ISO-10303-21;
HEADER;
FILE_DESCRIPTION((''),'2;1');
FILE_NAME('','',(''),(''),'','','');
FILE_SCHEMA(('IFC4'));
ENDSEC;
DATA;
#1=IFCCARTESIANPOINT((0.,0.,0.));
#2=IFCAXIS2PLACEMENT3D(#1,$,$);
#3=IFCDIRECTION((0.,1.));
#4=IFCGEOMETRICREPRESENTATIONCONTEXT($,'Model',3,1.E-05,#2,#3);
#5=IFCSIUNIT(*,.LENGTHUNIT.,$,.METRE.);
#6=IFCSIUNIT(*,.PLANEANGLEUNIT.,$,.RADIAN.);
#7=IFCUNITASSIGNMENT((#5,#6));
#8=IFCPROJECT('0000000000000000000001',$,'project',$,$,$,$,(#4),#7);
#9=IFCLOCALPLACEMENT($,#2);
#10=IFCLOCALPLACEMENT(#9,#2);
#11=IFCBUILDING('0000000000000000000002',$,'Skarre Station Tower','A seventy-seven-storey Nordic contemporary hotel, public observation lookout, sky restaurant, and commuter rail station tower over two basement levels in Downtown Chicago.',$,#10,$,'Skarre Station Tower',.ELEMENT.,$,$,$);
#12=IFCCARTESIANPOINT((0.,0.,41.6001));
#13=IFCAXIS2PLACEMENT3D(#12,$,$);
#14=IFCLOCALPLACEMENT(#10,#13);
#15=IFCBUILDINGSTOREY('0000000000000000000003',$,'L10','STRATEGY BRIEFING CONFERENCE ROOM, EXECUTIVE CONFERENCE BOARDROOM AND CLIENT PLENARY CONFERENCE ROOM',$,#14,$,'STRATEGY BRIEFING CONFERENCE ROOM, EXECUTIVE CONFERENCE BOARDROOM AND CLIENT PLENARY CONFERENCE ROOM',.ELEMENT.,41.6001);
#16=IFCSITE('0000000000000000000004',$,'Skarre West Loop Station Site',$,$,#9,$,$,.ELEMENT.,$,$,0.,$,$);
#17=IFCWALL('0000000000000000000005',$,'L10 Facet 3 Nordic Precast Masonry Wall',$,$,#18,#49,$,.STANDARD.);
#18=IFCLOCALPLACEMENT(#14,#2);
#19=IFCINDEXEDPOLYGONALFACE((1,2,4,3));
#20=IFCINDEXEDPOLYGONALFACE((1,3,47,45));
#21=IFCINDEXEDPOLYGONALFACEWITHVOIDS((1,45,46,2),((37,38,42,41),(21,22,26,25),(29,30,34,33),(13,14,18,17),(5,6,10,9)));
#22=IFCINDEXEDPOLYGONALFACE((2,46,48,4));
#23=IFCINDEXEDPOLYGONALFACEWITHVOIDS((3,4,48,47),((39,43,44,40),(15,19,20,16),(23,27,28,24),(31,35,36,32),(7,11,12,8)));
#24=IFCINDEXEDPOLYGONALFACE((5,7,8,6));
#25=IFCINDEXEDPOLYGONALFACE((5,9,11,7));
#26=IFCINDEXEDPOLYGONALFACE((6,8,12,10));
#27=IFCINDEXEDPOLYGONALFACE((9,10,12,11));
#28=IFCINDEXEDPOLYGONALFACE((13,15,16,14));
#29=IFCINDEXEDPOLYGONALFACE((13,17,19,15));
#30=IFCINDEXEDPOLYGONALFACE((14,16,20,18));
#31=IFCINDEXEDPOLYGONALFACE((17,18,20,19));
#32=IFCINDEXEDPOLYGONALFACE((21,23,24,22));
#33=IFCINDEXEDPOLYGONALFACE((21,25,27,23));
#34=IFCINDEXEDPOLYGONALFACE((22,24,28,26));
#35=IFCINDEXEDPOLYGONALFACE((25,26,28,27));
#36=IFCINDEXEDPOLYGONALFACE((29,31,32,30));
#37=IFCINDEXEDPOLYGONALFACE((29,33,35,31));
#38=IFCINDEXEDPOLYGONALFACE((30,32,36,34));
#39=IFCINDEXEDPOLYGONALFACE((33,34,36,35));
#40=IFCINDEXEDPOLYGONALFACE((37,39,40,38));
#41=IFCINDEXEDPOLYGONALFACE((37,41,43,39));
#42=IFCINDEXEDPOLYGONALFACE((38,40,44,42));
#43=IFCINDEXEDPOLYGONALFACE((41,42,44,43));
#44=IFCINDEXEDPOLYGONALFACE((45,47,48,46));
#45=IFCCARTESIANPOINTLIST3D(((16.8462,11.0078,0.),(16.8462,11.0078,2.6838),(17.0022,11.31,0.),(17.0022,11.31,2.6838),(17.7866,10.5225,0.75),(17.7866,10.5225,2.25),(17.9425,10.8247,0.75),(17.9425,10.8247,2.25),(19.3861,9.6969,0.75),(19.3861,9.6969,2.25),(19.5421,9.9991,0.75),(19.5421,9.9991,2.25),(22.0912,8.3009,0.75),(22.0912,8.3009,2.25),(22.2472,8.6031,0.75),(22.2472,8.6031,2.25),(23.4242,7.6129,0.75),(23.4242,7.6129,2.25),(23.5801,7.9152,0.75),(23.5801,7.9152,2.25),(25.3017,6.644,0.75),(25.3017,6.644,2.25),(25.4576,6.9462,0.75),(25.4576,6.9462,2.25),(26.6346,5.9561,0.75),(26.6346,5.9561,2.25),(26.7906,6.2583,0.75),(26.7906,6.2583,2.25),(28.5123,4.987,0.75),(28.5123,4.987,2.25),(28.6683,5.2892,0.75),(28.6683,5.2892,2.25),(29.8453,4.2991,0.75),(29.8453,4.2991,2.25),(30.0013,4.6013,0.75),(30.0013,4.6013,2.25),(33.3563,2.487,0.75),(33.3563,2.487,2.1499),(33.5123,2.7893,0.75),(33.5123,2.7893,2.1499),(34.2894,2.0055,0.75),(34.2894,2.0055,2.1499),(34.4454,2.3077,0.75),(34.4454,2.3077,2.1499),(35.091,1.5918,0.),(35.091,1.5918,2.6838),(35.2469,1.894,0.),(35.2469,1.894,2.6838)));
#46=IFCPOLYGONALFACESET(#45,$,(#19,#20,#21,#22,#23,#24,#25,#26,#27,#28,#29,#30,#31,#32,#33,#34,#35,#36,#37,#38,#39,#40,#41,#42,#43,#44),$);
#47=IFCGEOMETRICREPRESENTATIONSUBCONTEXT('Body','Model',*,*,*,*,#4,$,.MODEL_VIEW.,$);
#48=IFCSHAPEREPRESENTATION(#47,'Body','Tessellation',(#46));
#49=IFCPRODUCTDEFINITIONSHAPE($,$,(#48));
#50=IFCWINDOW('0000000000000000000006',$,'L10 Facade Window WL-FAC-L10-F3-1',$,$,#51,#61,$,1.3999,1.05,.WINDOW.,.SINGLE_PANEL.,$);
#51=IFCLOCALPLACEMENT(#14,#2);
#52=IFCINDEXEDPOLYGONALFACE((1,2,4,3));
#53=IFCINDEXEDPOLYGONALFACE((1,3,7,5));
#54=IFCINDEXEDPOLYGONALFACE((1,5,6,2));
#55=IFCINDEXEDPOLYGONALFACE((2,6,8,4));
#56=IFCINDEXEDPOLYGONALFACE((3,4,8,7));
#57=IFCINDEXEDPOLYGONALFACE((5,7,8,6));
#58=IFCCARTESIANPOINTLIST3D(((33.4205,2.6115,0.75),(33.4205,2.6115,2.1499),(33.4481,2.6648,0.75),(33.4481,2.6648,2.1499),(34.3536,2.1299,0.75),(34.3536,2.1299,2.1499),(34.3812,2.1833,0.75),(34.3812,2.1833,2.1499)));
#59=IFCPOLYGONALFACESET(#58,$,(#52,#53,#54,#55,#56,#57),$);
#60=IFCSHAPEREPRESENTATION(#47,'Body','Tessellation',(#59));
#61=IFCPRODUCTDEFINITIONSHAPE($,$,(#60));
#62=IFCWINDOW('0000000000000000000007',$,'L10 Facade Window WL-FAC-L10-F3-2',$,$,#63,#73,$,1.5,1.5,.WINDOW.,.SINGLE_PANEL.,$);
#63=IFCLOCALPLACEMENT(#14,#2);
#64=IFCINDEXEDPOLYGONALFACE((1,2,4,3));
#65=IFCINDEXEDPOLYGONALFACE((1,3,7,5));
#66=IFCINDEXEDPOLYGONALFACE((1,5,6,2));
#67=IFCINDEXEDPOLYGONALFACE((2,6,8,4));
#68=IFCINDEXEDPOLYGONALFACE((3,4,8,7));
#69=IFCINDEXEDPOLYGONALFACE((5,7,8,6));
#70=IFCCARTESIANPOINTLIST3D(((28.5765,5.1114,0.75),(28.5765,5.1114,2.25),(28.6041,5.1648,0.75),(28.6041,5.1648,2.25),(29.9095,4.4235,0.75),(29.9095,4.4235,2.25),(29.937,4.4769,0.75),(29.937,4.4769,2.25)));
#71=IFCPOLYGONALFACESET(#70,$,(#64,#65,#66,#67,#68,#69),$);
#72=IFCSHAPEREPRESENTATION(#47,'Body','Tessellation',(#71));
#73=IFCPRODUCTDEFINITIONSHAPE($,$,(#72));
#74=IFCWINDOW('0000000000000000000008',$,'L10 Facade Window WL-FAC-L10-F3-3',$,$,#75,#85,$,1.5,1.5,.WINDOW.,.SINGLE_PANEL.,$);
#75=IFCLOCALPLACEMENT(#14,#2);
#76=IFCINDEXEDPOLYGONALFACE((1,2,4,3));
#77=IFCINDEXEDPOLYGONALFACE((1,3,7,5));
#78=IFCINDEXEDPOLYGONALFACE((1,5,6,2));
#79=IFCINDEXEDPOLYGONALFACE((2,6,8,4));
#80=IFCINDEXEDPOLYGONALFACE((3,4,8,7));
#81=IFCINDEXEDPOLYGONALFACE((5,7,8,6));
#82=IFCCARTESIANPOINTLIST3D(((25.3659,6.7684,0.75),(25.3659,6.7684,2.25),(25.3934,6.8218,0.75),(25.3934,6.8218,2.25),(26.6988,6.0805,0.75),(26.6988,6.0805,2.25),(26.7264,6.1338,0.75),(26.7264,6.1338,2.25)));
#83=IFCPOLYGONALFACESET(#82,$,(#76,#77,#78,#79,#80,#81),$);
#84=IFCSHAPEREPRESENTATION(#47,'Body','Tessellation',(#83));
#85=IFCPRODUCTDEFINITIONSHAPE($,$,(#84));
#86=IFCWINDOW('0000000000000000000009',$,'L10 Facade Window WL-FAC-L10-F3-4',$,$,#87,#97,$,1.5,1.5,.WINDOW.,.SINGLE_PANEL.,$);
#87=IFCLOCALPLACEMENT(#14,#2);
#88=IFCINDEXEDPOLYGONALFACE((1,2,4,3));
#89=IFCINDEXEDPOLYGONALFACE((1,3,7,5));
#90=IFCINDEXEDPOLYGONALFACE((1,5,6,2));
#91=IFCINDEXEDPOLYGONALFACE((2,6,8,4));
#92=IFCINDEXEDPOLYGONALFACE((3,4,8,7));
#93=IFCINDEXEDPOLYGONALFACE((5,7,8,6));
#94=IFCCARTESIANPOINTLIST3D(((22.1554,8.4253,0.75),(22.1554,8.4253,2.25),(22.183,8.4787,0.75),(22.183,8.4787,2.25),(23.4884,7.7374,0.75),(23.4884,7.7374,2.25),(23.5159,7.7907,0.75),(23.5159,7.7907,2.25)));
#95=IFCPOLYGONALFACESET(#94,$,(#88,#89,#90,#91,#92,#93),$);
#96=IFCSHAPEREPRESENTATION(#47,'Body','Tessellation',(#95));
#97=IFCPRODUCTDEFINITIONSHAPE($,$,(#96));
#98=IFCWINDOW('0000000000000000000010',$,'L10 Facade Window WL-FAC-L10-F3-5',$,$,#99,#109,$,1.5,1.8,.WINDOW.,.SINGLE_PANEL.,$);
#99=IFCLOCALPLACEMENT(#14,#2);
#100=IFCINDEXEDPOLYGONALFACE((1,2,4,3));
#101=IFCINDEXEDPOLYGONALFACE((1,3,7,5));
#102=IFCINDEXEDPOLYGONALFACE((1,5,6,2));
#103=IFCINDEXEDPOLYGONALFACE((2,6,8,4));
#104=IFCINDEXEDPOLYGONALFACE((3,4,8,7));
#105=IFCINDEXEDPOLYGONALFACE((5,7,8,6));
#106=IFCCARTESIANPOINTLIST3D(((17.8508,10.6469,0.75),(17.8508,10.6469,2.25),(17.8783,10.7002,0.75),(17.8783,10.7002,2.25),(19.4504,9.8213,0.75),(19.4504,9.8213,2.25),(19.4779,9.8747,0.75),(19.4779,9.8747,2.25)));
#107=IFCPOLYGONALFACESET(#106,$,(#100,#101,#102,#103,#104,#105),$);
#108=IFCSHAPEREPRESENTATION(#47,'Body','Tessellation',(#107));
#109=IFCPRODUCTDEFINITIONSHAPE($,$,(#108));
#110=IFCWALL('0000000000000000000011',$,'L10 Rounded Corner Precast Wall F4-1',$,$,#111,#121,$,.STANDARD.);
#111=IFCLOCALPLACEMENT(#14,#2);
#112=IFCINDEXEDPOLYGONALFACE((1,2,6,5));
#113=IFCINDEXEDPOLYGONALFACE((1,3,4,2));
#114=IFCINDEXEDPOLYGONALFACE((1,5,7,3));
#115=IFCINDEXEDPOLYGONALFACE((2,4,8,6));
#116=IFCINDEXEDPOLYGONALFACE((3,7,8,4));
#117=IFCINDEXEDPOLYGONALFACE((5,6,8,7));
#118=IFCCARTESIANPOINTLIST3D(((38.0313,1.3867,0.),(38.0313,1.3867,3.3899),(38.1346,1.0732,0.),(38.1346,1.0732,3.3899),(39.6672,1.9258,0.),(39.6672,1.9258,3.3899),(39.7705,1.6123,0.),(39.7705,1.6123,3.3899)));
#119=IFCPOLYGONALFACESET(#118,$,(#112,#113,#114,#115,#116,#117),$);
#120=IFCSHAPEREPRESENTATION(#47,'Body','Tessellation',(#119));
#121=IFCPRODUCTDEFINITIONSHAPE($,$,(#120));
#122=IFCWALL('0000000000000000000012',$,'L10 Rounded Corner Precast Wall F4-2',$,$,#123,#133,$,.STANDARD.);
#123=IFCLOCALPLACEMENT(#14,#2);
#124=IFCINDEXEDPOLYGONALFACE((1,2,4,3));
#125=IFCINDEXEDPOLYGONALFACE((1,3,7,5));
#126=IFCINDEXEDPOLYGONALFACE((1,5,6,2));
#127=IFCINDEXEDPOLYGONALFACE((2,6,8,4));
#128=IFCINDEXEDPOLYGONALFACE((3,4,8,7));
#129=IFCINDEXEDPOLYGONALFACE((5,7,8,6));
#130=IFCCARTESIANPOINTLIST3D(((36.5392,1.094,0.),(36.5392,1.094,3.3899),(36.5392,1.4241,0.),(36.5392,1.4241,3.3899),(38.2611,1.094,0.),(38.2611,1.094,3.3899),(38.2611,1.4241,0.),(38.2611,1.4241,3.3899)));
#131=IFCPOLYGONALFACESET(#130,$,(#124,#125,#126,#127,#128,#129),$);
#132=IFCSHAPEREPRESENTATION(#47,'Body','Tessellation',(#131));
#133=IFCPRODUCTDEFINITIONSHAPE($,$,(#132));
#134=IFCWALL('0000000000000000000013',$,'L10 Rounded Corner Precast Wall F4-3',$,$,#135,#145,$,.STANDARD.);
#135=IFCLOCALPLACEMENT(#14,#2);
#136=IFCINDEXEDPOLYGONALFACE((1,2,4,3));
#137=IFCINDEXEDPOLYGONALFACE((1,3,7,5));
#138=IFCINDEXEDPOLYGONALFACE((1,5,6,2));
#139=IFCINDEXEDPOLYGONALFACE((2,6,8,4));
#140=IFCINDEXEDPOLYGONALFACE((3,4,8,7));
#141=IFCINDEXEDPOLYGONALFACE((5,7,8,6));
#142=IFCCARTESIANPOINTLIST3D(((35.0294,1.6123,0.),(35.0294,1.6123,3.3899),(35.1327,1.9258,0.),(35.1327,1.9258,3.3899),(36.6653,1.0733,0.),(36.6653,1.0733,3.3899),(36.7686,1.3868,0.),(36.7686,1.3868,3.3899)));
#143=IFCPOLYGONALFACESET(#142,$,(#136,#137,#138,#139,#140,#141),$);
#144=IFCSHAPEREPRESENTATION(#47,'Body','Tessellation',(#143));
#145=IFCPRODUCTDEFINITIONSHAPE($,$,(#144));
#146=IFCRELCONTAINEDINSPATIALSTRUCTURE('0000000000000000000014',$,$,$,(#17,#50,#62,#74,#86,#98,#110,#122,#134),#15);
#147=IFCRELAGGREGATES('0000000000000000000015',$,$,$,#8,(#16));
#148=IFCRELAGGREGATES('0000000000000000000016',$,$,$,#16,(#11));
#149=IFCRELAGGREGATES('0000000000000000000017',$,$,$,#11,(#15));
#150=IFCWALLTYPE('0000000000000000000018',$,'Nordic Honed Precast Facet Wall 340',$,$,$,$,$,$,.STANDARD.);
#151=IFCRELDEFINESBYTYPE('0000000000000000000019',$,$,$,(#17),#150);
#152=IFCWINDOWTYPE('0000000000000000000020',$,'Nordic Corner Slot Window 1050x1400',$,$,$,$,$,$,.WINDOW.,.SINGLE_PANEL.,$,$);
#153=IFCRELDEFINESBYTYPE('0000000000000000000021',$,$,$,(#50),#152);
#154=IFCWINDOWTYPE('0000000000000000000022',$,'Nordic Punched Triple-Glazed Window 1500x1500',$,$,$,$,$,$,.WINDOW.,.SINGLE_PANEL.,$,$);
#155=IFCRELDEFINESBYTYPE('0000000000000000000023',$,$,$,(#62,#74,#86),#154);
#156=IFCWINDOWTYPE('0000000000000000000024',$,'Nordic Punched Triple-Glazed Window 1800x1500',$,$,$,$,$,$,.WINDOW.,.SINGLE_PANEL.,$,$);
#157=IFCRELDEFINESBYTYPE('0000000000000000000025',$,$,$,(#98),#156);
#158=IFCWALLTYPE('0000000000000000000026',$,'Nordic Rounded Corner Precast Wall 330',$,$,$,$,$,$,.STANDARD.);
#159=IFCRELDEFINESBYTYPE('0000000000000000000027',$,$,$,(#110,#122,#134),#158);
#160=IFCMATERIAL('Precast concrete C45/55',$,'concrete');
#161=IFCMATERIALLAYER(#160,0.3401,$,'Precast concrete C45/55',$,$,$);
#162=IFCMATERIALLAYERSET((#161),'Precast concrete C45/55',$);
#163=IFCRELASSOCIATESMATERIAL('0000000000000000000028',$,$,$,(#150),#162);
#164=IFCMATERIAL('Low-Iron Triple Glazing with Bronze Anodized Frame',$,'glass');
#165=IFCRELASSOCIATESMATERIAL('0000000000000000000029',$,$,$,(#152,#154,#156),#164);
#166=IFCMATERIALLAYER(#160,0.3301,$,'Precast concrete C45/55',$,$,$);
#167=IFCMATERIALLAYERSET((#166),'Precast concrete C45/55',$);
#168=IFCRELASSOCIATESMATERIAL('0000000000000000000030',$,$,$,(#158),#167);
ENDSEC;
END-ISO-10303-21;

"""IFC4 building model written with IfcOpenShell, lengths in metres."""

from ifc_helpers import new_model, si_unit, direction, frame, frame_2d, origin, place, context, subcontext, project, spatial, rectangle, extrude, material, layer, layer_set, type_object, element, fill, save


model = new_model("IFC4")

# Units and contexts
model_context = context("Model", 3, precision=1e-05, world=origin(), true_north=direction((0.0, 1.0)))
body_context = subcontext(model_context, "Body", "Model", "MODEL_VIEW")
ifc_project = project(units=[si_unit("LENGTHUNIT", "METRE"), si_unit("PLANEANGLEUNIT", "RADIAN")], contexts=[model_context])

# Site, building, storey
site_placement = place(None, origin())
site = spatial("IfcSite", under=ifc_project, at=site_placement, Name="Skarre West Loop Station Site", CompositionType="ELEMENT", RefElevation=0.0)
building_placement = place(site_placement, origin())
building = spatial("IfcBuilding", under=site, at=building_placement, Name="Skarre Station Tower", Description="A seventy-seven-storey Nordic contemporary hotel, public observation lookout, sky restaurant, and commuter rail station tower over two basement levels in Downtown Chicago.", LongName="Skarre Station Tower", CompositionType="ELEMENT")
storey_placement = place(building_placement, frame((0.0, 0.0, 41.6001)))
storey = spatial("IfcBuildingStorey", under=building, at=storey_placement, Name="L10", Description="STRATEGY BRIEFING CONFERENCE ROOM, EXECUTIVE CONFERENCE BOARDROOM AND CLIENT PLENARY CONFERENCE ROOM", LongName="STRATEGY BRIEFING CONFERENCE ROOM, EXECUTIVE CONFERENCE BOARDROOM AND CLIENT PLENARY CONFERENCE ROOM", CompositionType="ELEMENT", Elevation=41.6001)

# Wall, openings, windows
ifc_material_1 = material(Name="Precast concrete C45/55", Category="concrete")
ifc_layer_1 = layer(ifc_material_1, 0.3401, Name="Precast concrete C45/55")
ifc_layer_set_1 = layer_set([ifc_layer_1], Name="Precast concrete C45/55")
wall_type_1 = type_object("IfcWallType", Name="Nordic Honed Precast Facet Wall 340", PredefinedType="STANDARD", material=ifc_layer_set_1)
wall_1_placement = place(storey_placement, frame((35.1689, 1.7429, 0.0), z_axis=(0.0, 0.0, 1.0), x_axis=(-0.888634, 0.458616, 0.0)))
wall_1 = element("IfcWall", 1, at=wall_1_placement, inside=storey, type_object=wall_type_1, Name="L10 Facet 3 Nordic Precast Masonry Wall", PredefinedType="STANDARD", context=body_context, shape_type="SweptSolid", body=[
    extrude(rectangle(XDim=20.5312, YDim=0.3401, at=frame_2d((10.2656, 0.0))), origin(), (0.0, 0.0, 1.0), 2.6838),
])
opening_1_placement = place(wall_1_placement, frame((0.9021, 0.0, 0.75)))
opening_1 = element("IfcOpeningElement", 2, at=opening_1_placement, cuts=wall_1, PredefinedType="OPENING", context=body_context, shape_type="SweptSolid", body=[
    extrude(rectangle(XDim=1.05, YDim=1.3999, at=frame_2d((0.5249, 0.7))), frame((0.0, 0.1799, 0.0), z_axis=(0.0, -1.0, 0.0), x_axis=(1.0, 0.0, 0.0)), (0.0, 0.0, 1.0), 0.3601),
])
opening_2_placement = place(wall_1_placement, frame((5.9031, 0.0, 0.75)))
opening_2 = element("IfcOpeningElement", 3, at=opening_2_placement, cuts=wall_1, PredefinedType="OPENING", context=body_context, shape_type="SweptSolid", body=[
    extrude(rectangle(XDim=1.5, YDim=1.5, at=frame_2d((0.75, 0.75))), frame((0.0, 0.1799, 0.0), z_axis=(0.0, -1.0, 0.0), x_axis=(1.0, 0.0, 0.0)), (0.0, 0.0, 1.0), 0.3601),
])
opening_3_placement = place(wall_1_placement, frame((9.5161, 0.0, 0.75)))
opening_3 = element("IfcOpeningElement", 4, at=opening_3_placement, cuts=wall_1, PredefinedType="OPENING", context=body_context, shape_type="SweptSolid", body=[
    extrude(rectangle(XDim=1.5, YDim=1.5, at=frame_2d((0.75, 0.75))), frame((0.0, 0.1799, 0.0), z_axis=(0.0, -1.0, 0.0), x_axis=(1.0, 0.0, 0.0)), (0.0, 0.0, 1.0), 0.3601),
])
opening_4_placement = place(wall_1_placement, frame((13.1289, 0.0, 0.75)))
opening_4 = element("IfcOpeningElement", 5, at=opening_4_placement, cuts=wall_1, PredefinedType="OPENING", context=body_context, shape_type="SweptSolid", body=[
    extrude(rectangle(XDim=1.5, YDim=1.5, at=frame_2d((0.75, 0.75))), frame((0.0, 0.1799, 0.0), z_axis=(0.0, -1.0, 0.0), x_axis=(1.0, 0.0, 0.0)), (0.0, 0.0, 1.0), 0.3601),
])
opening_5_placement = place(wall_1_placement, frame((17.6731, 0.0, 0.75)))
opening_5 = element("IfcOpeningElement", 6, at=opening_5_placement, cuts=wall_1, PredefinedType="OPENING", context=body_context, shape_type="SweptSolid", body=[
    extrude(rectangle(XDim=1.8, YDim=1.5, at=frame_2d((0.8999, 0.75))), frame((0.0, 0.1799, 0.0), z_axis=(0.0, -1.0, 0.0), x_axis=(1.0, 0.0, 0.0)), (0.0, 0.0, 1.0), 0.3601),
])
ifc_material_2 = material(Name="Low-Iron Triple Glazing with Bronze Anodized Frame", Category="glass")
window_type_1 = type_object("IfcWindowType", Name="Nordic Corner Slot Window 1050x1400", PartitioningType="SINGLE_PANEL", PredefinedType="WINDOW", material=ifc_material_2)
window_1_placement = place(opening_1_placement, origin())
window_1 = element("IfcWindow", 7, at=window_1_placement, inside=storey, type_object=window_type_1, Name="L10 Facade Window WL-FAC-L10-F3-1", OverallHeight=1.3999, OverallWidth=1.05, PartitioningType="SINGLE_PANEL", PredefinedType="WINDOW", context=body_context, shape_type="SweptSolid", body=[
    extrude(rectangle(XDim=1.05, YDim=1.3999, at=frame_2d((0.5249, 0.7))), frame((0.0, 0.03, 0.0), z_axis=(0.0, -1.0, 0.0), x_axis=(1.0, 0.0, 0.0)), (0.0, 0.0, 1.0), 0.0601),
])
fill(opening_1, window_1)
window_type_2 = type_object("IfcWindowType", Name="Nordic Punched Triple-Glazed Window 1500x1500", PartitioningType="SINGLE_PANEL", PredefinedType="WINDOW", material=ifc_material_2)
window_2_placement = place(opening_2_placement, origin())
window_2 = element("IfcWindow", 8, at=window_2_placement, inside=storey, type_object=window_type_2, Name="L10 Facade Window WL-FAC-L10-F3-2", OverallHeight=1.5, OverallWidth=1.5, PartitioningType="SINGLE_PANEL", PredefinedType="WINDOW", context=body_context, shape_type="SweptSolid", body=[
    extrude(rectangle(XDim=1.5, YDim=1.5, at=frame_2d((0.75, 0.75))), frame((0.0, 0.03, 0.0), z_axis=(0.0, -1.0, 0.0), x_axis=(1.0, 0.0, 0.0)), (0.0, 0.0, 1.0), 0.0601),
])
fill(opening_2, window_2)
window_3_placement = place(opening_3_placement, origin())
window_3 = element("IfcWindow", 9, at=window_3_placement, inside=storey, type_object=window_type_2, Name="L10 Facade Window WL-FAC-L10-F3-3", OverallHeight=1.5, OverallWidth=1.5, PartitioningType="SINGLE_PANEL", PredefinedType="WINDOW", context=body_context, shape_type="SweptSolid", body=[
    extrude(rectangle(XDim=1.5, YDim=1.5, at=frame_2d((0.75, 0.75))), frame((0.0, 0.03, 0.0), z_axis=(0.0, -1.0, 0.0), x_axis=(1.0, 0.0, 0.0)), (0.0, 0.0, 1.0), 0.0601),
])
fill(opening_3, window_3)
window_4_placement = place(opening_4_placement, origin())
window_4 = element("IfcWindow", 10, at=window_4_placement, inside=storey, type_object=window_type_2, Name="L10 Facade Window WL-FAC-L10-F3-4", OverallHeight=1.5, OverallWidth=1.5, PartitioningType="SINGLE_PANEL", PredefinedType="WINDOW", context=body_context, shape_type="SweptSolid", body=[
    extrude(rectangle(XDim=1.5, YDim=1.5, at=frame_2d((0.75, 0.75))), frame((0.0, 0.03, 0.0), z_axis=(0.0, -1.0, 0.0), x_axis=(1.0, 0.0, 0.0)), (0.0, 0.0, 1.0), 0.0601),
])
fill(opening_4, window_4)
window_type_3 = type_object("IfcWindowType", Name="Nordic Punched Triple-Glazed Window 1800x1500", PartitioningType="SINGLE_PANEL", PredefinedType="WINDOW", material=ifc_material_2)
window_5_placement = place(opening_5_placement, origin())
window_5 = element("IfcWindow", 11, at=window_5_placement, inside=storey, type_object=window_type_3, Name="L10 Facade Window WL-FAC-L10-F3-5", OverallHeight=1.5, OverallWidth=1.8, PartitioningType="SINGLE_PANEL", PredefinedType="WINDOW", context=body_context, shape_type="SweptSolid", body=[
    extrude(rectangle(XDim=1.8, YDim=1.5, at=frame_2d((0.8999, 0.75))), frame((0.0, 0.03, 0.0), z_axis=(0.0, -1.0, 0.0), x_axis=(1.0, 0.0, 0.0)), (0.0, 0.0, 1.0), 0.0601),
])
fill(opening_5, window_5)

# Walls
ifc_layer_2 = layer(ifc_material_1, 0.3301, Name="Precast concrete C45/55")
ifc_layer_set_2 = layer_set([ifc_layer_2], Name="Precast concrete C45/55")
wall_type_2 = type_object("IfcWallType", Name="Nordic Rounded Corner Precast Wall 330", PredefinedType="STANDARD", material=ifc_layer_set_2)
wall_2_placement = place(storey_placement, frame((39.719, 1.769, 0.0), z_axis=(0.0, 0.0, 1.0), x_axis=(-0.949769, -0.312952, 0.0)))
element("IfcWall", 12, at=wall_2_placement, inside=storey, type_object=wall_type_2, Name="L10 Rounded Corner Precast Wall F4-1", PredefinedType="STANDARD", context=body_context, shape_type="SweptSolid", body=[
    extrude(rectangle(XDim=1.7224, YDim=0.3301, at=frame_2d((0.8613, 0.0))), origin(), (0.0, 0.0, 1.0), 3.3899),
])
wall_3_placement = place(storey_placement, frame((38.261, 1.259, 0.0), z_axis=(0.0, 0.0, 1.0), x_axis=(-1.0, 0.0, 0.0)))
element("IfcWall", 13, at=wall_3_placement, inside=storey, type_object=wall_type_2, Name="L10 Rounded Corner Precast Wall F4-2", PredefinedType="STANDARD", context=body_context, shape_type="SweptSolid", body=[
    extrude(rectangle(XDim=1.7219, YDim=0.3301, at=frame_2d((0.8608, 0.0))), origin(), (0.0, 0.0, 1.0), 3.3899),
])
wall_4_placement = place(storey_placement, frame((36.717, 1.23, 0.0), z_axis=(0.0, 0.0, 1.0), x_axis=(-0.949769, 0.312952, 0.0)))
element("IfcWall", 14, at=wall_4_placement, inside=storey, type_object=wall_type_2, Name="L10 Rounded Corner Precast Wall F4-3", PredefinedType="STANDARD", context=body_context, shape_type="SweptSolid", body=[
    extrude(rectangle(XDim=1.7224, YDim=0.3301, at=frame_2d((0.8613, 0.0))), origin(), (0.0, 0.0, 1.0), 3.3899),
])

save(model, "model.ifc")
